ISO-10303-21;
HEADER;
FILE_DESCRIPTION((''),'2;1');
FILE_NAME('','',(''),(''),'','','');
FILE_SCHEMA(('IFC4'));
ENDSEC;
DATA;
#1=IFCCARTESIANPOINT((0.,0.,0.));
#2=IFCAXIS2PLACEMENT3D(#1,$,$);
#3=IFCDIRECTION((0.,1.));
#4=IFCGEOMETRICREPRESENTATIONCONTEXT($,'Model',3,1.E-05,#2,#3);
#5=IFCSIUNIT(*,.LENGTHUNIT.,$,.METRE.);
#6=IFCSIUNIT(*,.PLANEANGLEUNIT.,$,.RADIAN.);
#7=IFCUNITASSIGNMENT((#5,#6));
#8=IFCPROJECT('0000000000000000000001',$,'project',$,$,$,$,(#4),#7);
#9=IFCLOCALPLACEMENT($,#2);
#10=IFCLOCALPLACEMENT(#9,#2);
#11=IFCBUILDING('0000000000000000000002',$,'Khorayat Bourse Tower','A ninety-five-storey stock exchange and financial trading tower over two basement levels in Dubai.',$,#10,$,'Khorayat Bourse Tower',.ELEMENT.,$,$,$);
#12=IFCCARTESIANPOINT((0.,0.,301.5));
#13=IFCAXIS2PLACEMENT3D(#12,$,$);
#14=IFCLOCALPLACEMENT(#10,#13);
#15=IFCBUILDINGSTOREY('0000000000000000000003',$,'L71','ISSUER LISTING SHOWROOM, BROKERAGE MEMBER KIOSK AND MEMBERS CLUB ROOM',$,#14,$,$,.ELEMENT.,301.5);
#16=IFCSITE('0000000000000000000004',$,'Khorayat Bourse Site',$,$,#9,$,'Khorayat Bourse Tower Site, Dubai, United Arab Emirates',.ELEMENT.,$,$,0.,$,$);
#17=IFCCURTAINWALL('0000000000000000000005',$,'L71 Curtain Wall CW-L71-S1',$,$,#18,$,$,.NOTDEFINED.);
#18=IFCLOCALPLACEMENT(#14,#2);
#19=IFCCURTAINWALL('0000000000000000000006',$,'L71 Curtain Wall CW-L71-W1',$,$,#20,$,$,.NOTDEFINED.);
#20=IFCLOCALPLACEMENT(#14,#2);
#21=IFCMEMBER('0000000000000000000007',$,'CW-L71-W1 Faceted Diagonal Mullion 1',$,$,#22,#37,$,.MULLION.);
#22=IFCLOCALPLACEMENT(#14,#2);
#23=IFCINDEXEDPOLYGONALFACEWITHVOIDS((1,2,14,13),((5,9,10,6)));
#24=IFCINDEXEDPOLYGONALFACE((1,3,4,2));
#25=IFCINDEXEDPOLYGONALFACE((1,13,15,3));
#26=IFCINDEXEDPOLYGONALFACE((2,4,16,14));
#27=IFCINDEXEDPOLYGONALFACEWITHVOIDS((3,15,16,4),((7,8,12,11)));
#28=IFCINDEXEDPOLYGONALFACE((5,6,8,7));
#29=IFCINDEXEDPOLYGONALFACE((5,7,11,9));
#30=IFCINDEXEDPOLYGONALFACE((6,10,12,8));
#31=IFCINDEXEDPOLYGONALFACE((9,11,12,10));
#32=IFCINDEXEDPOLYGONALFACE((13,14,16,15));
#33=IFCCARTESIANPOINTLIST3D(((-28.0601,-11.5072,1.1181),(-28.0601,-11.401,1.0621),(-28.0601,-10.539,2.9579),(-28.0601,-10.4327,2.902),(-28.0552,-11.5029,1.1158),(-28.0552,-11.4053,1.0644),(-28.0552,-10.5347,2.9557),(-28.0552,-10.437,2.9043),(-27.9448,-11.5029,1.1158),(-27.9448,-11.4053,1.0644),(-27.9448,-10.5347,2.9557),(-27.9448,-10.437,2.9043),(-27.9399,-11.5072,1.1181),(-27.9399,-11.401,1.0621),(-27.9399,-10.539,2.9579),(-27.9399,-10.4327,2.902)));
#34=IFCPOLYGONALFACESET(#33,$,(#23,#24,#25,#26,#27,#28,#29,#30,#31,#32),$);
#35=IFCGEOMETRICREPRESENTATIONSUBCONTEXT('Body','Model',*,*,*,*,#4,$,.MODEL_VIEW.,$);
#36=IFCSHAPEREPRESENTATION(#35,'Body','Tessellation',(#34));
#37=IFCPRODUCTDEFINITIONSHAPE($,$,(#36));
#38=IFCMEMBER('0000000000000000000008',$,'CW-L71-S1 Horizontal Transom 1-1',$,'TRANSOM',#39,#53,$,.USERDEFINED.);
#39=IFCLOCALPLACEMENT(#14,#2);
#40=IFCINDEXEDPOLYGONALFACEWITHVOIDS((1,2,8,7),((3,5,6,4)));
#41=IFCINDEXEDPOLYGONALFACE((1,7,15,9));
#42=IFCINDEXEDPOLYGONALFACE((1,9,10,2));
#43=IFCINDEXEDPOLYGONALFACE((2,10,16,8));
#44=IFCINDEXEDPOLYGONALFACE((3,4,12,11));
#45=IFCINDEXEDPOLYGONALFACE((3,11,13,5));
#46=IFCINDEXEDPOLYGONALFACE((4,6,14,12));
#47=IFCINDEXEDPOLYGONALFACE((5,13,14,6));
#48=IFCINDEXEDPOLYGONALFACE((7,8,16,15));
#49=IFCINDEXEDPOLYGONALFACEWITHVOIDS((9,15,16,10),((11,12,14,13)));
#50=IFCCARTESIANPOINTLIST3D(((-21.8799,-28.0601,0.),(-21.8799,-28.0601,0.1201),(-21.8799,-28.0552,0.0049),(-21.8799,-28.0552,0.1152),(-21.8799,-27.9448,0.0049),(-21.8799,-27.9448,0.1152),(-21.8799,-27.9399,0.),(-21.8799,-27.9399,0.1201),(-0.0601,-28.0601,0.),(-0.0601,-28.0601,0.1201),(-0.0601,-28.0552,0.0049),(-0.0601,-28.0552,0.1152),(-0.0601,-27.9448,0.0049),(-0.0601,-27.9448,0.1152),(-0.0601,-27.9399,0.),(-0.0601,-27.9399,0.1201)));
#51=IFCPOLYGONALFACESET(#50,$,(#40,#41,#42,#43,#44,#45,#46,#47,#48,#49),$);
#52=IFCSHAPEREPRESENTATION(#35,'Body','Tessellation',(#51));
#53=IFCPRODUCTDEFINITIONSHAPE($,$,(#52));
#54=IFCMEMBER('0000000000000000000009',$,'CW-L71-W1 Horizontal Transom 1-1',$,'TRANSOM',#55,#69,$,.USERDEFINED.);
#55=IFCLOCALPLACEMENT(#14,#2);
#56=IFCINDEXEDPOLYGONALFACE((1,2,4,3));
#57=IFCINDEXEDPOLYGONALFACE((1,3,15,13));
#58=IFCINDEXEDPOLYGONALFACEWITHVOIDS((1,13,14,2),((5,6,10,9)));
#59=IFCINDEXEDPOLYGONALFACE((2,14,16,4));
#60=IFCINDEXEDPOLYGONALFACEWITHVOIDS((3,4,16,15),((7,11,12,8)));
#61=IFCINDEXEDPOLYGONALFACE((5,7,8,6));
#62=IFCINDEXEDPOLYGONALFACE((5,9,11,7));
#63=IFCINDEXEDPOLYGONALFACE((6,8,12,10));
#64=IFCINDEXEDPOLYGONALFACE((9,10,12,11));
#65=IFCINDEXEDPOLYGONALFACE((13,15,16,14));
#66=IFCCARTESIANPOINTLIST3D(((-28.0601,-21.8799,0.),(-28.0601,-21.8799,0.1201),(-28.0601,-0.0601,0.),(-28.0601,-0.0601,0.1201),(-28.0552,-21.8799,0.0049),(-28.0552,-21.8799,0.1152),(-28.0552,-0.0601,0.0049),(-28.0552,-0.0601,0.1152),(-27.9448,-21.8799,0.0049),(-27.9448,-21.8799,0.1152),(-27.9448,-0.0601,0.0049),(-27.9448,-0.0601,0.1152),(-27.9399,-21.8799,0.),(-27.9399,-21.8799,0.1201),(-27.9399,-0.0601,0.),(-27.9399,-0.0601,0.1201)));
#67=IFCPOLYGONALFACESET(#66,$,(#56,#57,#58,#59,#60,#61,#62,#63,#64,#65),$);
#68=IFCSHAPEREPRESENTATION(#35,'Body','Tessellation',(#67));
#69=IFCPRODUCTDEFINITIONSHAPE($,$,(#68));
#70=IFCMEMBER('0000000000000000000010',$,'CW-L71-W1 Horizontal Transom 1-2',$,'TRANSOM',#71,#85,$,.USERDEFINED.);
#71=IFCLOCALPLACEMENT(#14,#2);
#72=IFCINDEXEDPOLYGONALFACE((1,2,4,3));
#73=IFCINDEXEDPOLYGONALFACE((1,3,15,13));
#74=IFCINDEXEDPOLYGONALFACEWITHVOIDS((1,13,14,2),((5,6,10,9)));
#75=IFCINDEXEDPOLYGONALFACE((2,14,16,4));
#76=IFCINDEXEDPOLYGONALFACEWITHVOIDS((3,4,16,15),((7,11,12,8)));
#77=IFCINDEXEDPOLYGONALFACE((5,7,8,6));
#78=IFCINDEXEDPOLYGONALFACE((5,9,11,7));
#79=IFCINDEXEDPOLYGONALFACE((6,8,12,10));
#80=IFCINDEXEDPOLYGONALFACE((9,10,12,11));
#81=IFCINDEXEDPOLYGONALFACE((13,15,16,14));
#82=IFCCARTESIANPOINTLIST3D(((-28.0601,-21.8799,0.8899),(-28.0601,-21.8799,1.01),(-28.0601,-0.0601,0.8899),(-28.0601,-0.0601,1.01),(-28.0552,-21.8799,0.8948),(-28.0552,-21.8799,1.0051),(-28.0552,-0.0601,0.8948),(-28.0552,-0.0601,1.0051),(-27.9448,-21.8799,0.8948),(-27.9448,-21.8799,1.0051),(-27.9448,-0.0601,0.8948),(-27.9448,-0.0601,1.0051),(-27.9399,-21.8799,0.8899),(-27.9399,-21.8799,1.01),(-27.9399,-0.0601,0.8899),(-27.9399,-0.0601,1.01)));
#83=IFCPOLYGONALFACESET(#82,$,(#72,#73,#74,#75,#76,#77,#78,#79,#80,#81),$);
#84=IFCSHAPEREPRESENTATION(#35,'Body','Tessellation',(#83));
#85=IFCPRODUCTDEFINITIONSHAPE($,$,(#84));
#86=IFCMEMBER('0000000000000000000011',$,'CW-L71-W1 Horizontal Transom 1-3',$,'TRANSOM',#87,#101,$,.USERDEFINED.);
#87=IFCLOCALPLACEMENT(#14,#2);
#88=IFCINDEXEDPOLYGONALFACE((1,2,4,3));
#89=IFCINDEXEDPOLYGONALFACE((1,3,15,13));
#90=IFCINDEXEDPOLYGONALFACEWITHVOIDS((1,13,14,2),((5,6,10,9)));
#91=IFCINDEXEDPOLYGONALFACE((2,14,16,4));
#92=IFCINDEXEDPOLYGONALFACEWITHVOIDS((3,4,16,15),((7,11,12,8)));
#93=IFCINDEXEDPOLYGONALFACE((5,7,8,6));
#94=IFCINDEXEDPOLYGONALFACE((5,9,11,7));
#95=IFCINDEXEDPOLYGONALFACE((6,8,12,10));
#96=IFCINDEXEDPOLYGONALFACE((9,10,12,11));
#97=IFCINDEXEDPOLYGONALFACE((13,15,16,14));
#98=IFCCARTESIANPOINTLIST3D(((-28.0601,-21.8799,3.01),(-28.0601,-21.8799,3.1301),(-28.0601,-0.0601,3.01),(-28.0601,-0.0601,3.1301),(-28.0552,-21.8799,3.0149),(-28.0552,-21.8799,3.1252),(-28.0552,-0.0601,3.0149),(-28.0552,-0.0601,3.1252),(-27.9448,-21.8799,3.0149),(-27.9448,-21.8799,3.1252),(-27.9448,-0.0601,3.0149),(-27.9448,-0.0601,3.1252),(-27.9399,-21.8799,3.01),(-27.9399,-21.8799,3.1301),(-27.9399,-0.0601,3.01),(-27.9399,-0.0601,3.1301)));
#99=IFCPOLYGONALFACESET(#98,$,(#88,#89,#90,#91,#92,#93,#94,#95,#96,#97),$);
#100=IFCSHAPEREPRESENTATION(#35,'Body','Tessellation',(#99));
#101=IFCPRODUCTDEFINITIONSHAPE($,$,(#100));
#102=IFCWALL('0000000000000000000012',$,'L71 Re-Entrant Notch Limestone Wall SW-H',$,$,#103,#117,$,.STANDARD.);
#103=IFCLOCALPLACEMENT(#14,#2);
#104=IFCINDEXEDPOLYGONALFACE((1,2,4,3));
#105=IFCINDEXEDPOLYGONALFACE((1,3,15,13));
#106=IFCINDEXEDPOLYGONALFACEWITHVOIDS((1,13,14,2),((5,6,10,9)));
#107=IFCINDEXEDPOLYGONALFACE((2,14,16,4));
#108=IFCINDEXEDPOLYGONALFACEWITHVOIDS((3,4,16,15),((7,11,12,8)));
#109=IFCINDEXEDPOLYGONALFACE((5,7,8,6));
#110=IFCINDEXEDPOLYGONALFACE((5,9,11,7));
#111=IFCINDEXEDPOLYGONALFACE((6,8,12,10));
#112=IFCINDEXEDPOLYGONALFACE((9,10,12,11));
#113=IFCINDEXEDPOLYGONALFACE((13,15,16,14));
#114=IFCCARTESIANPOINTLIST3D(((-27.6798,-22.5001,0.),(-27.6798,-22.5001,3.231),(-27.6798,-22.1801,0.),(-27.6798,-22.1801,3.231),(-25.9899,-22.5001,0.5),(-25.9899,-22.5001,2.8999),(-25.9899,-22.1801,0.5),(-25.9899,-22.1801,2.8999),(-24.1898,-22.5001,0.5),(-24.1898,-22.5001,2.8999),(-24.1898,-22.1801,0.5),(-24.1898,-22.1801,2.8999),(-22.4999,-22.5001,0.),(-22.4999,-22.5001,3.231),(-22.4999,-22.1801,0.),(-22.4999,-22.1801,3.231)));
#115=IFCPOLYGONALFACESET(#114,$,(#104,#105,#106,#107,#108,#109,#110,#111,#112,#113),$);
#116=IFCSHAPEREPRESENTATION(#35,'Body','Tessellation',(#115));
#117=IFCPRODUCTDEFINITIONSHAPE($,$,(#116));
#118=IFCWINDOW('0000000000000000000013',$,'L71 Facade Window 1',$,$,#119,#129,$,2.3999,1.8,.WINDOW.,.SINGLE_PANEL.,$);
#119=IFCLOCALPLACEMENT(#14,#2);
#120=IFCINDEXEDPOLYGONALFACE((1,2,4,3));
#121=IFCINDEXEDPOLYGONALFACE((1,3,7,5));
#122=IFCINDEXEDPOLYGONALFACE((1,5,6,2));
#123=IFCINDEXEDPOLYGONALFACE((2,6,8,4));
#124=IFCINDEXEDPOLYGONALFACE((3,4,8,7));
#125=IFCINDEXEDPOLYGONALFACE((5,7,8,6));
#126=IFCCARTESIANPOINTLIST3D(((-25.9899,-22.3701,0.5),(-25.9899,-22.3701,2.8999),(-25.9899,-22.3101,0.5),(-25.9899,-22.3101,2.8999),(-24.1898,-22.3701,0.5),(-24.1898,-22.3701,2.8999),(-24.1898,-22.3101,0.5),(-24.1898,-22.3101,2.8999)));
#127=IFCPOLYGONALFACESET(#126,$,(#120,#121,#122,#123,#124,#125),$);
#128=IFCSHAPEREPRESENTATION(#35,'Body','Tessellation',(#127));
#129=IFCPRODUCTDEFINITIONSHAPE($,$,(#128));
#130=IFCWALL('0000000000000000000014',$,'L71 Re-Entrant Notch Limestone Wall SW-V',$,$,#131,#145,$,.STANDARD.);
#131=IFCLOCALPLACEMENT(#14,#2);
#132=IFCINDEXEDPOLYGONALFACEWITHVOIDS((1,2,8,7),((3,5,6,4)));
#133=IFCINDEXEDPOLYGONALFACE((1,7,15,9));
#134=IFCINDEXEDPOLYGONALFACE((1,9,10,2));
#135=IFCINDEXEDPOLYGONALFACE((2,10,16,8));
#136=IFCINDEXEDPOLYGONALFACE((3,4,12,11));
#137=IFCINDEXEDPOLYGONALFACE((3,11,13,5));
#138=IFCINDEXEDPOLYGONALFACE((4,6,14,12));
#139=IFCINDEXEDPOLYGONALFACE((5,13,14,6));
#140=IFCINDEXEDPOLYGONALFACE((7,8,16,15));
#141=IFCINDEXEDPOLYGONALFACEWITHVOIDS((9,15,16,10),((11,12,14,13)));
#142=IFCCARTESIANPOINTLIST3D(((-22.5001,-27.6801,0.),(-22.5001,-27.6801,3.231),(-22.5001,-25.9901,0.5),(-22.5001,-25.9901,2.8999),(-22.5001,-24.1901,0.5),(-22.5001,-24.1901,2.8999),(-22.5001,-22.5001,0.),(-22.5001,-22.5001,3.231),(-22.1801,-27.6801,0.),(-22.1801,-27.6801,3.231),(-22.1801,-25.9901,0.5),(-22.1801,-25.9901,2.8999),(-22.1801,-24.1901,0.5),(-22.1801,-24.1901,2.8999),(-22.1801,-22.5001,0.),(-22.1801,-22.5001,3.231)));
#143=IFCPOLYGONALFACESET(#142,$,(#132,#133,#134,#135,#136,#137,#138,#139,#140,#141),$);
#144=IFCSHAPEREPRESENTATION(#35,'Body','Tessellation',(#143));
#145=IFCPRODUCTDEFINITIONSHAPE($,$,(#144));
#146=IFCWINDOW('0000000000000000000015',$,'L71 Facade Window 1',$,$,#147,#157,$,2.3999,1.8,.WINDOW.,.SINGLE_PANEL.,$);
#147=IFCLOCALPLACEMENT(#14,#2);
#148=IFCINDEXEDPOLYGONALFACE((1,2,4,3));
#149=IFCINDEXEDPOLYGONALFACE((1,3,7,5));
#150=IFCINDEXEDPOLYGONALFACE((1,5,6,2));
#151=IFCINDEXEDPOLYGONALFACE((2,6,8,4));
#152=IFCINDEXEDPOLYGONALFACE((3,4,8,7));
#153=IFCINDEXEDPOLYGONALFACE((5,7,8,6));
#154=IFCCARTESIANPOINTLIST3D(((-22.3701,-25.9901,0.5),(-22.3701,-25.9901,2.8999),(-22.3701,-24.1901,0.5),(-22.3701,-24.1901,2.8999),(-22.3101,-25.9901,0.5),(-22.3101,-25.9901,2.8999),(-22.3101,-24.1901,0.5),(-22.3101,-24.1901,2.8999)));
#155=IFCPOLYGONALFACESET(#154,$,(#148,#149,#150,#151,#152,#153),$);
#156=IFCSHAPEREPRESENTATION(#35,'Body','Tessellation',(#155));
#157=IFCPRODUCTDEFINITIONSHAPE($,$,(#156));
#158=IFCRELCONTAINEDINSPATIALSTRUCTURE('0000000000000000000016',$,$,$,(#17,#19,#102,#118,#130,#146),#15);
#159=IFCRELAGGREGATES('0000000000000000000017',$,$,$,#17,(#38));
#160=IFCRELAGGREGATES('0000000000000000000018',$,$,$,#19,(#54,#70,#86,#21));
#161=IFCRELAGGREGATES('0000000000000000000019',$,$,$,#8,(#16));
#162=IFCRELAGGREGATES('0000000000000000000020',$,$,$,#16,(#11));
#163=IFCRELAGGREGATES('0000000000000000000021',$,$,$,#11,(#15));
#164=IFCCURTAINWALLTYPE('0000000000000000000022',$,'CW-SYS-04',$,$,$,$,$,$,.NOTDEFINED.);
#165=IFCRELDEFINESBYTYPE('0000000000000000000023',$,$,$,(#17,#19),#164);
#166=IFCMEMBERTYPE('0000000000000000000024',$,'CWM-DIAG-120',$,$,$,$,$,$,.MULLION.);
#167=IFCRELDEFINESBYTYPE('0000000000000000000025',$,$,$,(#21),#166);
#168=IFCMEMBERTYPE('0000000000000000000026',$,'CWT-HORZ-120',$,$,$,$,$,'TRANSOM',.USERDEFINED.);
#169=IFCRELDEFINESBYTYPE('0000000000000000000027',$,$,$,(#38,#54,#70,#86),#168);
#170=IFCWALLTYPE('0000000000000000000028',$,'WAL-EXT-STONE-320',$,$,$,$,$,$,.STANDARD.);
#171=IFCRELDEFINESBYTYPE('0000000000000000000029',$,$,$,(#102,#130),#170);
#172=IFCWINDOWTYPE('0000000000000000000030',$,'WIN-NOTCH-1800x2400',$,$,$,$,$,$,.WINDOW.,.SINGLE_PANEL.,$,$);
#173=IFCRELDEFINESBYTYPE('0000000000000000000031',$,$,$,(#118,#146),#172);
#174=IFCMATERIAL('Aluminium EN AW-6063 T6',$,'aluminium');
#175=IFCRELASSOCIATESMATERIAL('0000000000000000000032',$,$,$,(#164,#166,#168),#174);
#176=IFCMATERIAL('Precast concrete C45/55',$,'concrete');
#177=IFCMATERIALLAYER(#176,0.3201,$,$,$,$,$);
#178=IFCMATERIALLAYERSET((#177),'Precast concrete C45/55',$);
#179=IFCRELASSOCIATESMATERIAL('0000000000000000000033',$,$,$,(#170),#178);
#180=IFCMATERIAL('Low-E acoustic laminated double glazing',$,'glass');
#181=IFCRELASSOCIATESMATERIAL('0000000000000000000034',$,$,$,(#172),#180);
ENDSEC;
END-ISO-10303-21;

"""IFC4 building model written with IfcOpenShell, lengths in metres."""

from ifc_helpers import new_model, si_unit, direction, frame, frame_2d, origin, origin_2d, place, context, subcontext, project, spatial, rectangle, hollow_rectangle, extrude, source, transform, mapped, material, layer, layer_set, material_profile, profile_set, type_object, element, fill, aggregate, save


model = new_model("IFC4")

# Units and contexts
model_context = context("Model", 3, precision=1e-05, world=origin(), true_north=direction((0.0, 1.0)))
body_context = subcontext(model_context, "Body", "Model", "MODEL_VIEW")
ifc_project = project(units=[si_unit("LENGTHUNIT", "METRE"), si_unit("PLANEANGLEUNIT", "RADIAN")], contexts=[model_context])

# Site, building, storey
site_placement = place(None, origin())
site = spatial("IfcSite", under=ifc_project, at=site_placement, Name="Khorayat Bourse Site", LongName="Khorayat Bourse Tower Site, Dubai, United Arab Emirates", CompositionType="ELEMENT", RefElevation=0.0)
building_placement = place(site_placement, origin())
building = spatial("IfcBuilding", under=site, at=building_placement, Name="Khorayat Bourse Tower", Description="A ninety-five-storey stock exchange and financial trading tower over two basement levels in Dubai.", LongName="Khorayat Bourse Tower", CompositionType="ELEMENT")
storey_placement = place(building_placement, frame((0.0, 0.0, 301.5)))
storey = spatial("IfcBuildingStorey", under=building, at=storey_placement, Name="L71", Description="ISSUER LISTING SHOWROOM, BROKERAGE MEMBER KIOSK AND MEMBERS CLUB ROOM", CompositionType="ELEMENT", Elevation=301.5)

# Curtain wall
ifc_material_1 = material(Name="Aluminium EN AW-6063 T6", Category="aluminium")
curtain_wall_type = type_object("IfcCurtainWallType", Name="CW-SYS-04", PredefinedType="NOTDEFINED", material=ifc_material_1)
curtain_wall_1_placement = place(storey_placement, origin())
curtain_wall_1 = element("IfcCurtainWall", 1, at=curtain_wall_1_placement, inside=storey, type_object=curtain_wall_type, Name="L71 Curtain Wall CW-L71-S1", PredefinedType="NOTDEFINED")

# Curtain wall, member
curtain_wall_2_placement = place(storey_placement, origin())
curtain_wall_2 = element("IfcCurtainWall", 2, at=curtain_wall_2_placement, inside=storey, type_object=curtain_wall_type, Name="L71 Curtain Wall CW-L71-W1", PredefinedType="NOTDEFINED")
ifc_material_profile_1 = material_profile(ifc_material_1, hollow_rectangle(XDim=0.1201, YDim=0.1201, WallThickness=0.0049, at=origin_2d()), Name="ALU 120x120x5")
ifc_profile_set_1 = profile_set([ifc_material_profile_1], Name="Aluminium EN AW-6063 T6")
member_type_1 = type_object("IfcMemberType", Name="CWM-DIAG-120", PredefinedType="MULLION", material=ifc_profile_set_1)
shared_shape_1 = source(origin(), body_context, "Body", "SweptSolid", [
    extrude(hollow_rectangle(XDim=0.1201, YDim=0.1201, WallThickness=0.0049, at=origin_2d()), origin(), (0.0, 0.0, 1.0), 2.0791),
])
member_1_placement = place(storey_placement, frame((-28.0, -11.4541, 1.0901), z_axis=(0.0, 0.465717, 0.884934), x_axis=(-1.0, 0.0, 0.0)))
member_1 = element("IfcMember", 3, at=member_1_placement, type_object=member_type_1, Name="CW-L71-W1 Faceted Diagonal Mullion 1", PredefinedType="MULLION", context=body_context, shape_type="MappedRepresentation", body=[
    mapped(shared_shape_1, transform((0.0, 0.0, 0.0), scale=1.0)),
])

# Members
ifc_material_profile_2 = material_profile(ifc_material_1, hollow_rectangle(XDim=0.1201, YDim=0.1201, WallThickness=0.0049, at=origin_2d()), Name="ALU 120x120x5")
ifc_profile_set_2 = profile_set([ifc_material_profile_2], Name="Aluminium EN AW-6063 T6")
member_type_2 = type_object("IfcMemberType", Name="CWT-HORZ-120", ElementType="TRANSOM", PredefinedType="USERDEFINED", material=ifc_profile_set_2)
shared_shape_2 = source(origin(), body_context, "Body", "SweptSolid", [
    extrude(hollow_rectangle(XDim=0.1201, YDim=0.1201, WallThickness=0.0049, at=origin_2d()), origin(), (0.0, 0.0, 1.0), 21.8198),
])
member_2_placement = place(storey_placement, frame((-21.8799, -28.0, 0.0601), z_axis=(1.0, 0.0, 0.0), x_axis=(0.0, 1.0, 0.0)))
member_2 = element("IfcMember", 4, at=member_2_placement, type_object=member_type_2, Name="CW-L71-S1 Horizontal Transom 1-1", ObjectType="TRANSOM", PredefinedType="USERDEFINED", context=body_context, shape_type="MappedRepresentation", body=[
    mapped(shared_shape_2, transform((0.0, 0.0, 0.0), scale=1.0)),
])
aggregate(curtain_wall_1, [member_2])
member_3_placement = place(storey_placement, frame((-28.0, -21.8799, 0.0601), z_axis=(0.0, 1.0, 0.0), x_axis=(-1.0, 0.0, 0.0)))
member_3 = element("IfcMember", 5, at=member_3_placement, type_object=member_type_2, Name="CW-L71-W1 Horizontal Transom 1-1", ObjectType="TRANSOM", PredefinedType="USERDEFINED", context=body_context, shape_type="MappedRepresentation", body=[
    mapped(shared_shape_2, transform((0.0, 0.0, 0.0), scale=1.0)),
])
member_4_placement = place(storey_placement, frame((-28.0, -21.8799, 0.95), z_axis=(0.0, 1.0, 0.0), x_axis=(-1.0, 0.0, 0.0)))
member_4 = element("IfcMember", 6, at=member_4_placement, type_object=member_type_2, Name="CW-L71-W1 Horizontal Transom 1-2", ObjectType="TRANSOM", PredefinedType="USERDEFINED", context=body_context, shape_type="MappedRepresentation", body=[
    mapped(shared_shape_2, transform((0.0, 0.0, 0.0), scale=1.0)),
])
member_5_placement = place(storey_placement, frame((-28.0, -21.8799, 3.0701), z_axis=(0.0, 1.0, 0.0), x_axis=(-1.0, 0.0, 0.0)))
member_5 = element("IfcMember", 7, at=member_5_placement, type_object=member_type_2, Name="CW-L71-W1 Horizontal Transom 1-3", ObjectType="TRANSOM", PredefinedType="USERDEFINED", context=body_context, shape_type="MappedRepresentation", body=[
    mapped(shared_shape_2, transform((0.0, 0.0, 0.0), scale=1.0)),
])
aggregate(curtain_wall_2, [member_3, member_4, member_5, member_1])

# Walls, openings, windows
ifc_material_2 = material(Name="Precast concrete C45/55", Category="concrete")
ifc_layer = layer(ifc_material_2, 0.3201)
ifc_layer_set = layer_set([ifc_layer], Name="Precast concrete C45/55")
wall_type = type_object("IfcWallType", Name="WAL-EXT-STONE-320", PredefinedType="STANDARD", material=ifc_layer_set)
shared_shape_3 = source(origin(), body_context, "Body", "SweptSolid", [
    extrude(rectangle(XDim=5.1799, YDim=0.3201, at=frame_2d((2.5898, 0.0))), origin(), (0.0, 0.0, 1.0), 3.231),
])
wall_1_placement = place(storey_placement, frame((-22.5, -22.3401, 0.0), z_axis=(0.0, 0.0, 1.0), x_axis=(-1.0, 0.0, 0.0)))
wall_1 = element("IfcWall", 8, at=wall_1_placement, inside=storey, type_object=wall_type, Name="L71 Re-Entrant Notch Limestone Wall SW-H", PredefinedType="STANDARD", context=body_context, shape_type="MappedRepresentation", body=[
    mapped(shared_shape_3, transform((0.0, 0.0, 0.0), scale=1.0)),
])
shared_shape_4 = source(origin(), body_context, "Body", "SweptSolid", [
    extrude(rectangle(XDim=1.8, YDim=2.3999, at=frame_2d((0.8999, 1.2))), frame((0.0, 0.1699, 0.0), z_axis=(0.0, -1.0, 0.0), x_axis=(1.0, 0.0, 0.0)), (0.0, 0.0, 1.0), 0.3401),
])
opening_1_placement = place(wall_1_placement, frame((1.6899, 0.0, 0.5)))
opening_1 = element("IfcOpeningElement", 9, at=opening_1_placement, cuts=wall_1, PredefinedType="OPENING", context=body_context, shape_type="MappedRepresentation", body=[
    mapped(shared_shape_4, transform((0.0, 0.0, 0.0), scale=1.0)),
])
ifc_material_3 = material(Name="Low-E acoustic laminated double glazing", Category="glass")
window_type = type_object("IfcWindowType", Name="WIN-NOTCH-1800x2400", PartitioningType="SINGLE_PANEL", PredefinedType="WINDOW", material=ifc_material_3)
shared_shape_5 = source(origin(), body_context, "Body", "SweptSolid", [
    extrude(rectangle(XDim=1.8, YDim=2.3999, at=frame_2d((0.8999, 1.2))), frame((0.0, 0.03, 0.0), z_axis=(0.0, -1.0, 0.0), x_axis=(1.0, 0.0, 0.0)), (0.0, 0.0, 1.0), 0.0601),
])
window_1_placement = place(opening_1_placement, origin())
window_1 = element("IfcWindow", 10, at=window_1_placement, inside=storey, type_object=window_type, Name="L71 Facade Window 1", OverallHeight=2.3999, OverallWidth=1.8, PartitioningType="SINGLE_PANEL", PredefinedType="WINDOW", context=body_context, shape_type="MappedRepresentation", body=[
    mapped(shared_shape_5, transform((0.0, 0.0, 0.0), scale=1.0)),
])
fill(opening_1, window_1)
wall_2_placement = place(storey_placement, frame((-22.3401, -27.6799, 0.0), z_axis=(0.0, 0.0, 1.0), x_axis=(0.0, 1.0, 0.0)))
wall_2 = element("IfcWall", 11, at=wall_2_placement, inside=storey, type_object=wall_type, Name="L71 Re-Entrant Notch Limestone Wall SW-V", PredefinedType="STANDARD", context=body_context, shape_type="MappedRepresentation", body=[
    mapped(shared_shape_3, transform((0.0, 0.0, 0.0), scale=1.0)),
])
opening_2_placement = place(wall_2_placement, frame((1.6899, 0.0, 0.5)))
opening_2 = element("IfcOpeningElement", 12, at=opening_2_placement, cuts=wall_2, PredefinedType="OPENING", context=body_context, shape_type="MappedRepresentation", body=[
    mapped(shared_shape_4, transform((0.0, 0.0, 0.0), scale=1.0)),
])
window_2_placement = place(opening_2_placement, origin())
window_2 = element("IfcWindow", 13, at=window_2_placement, inside=storey, type_object=window_type, Name="L71 Facade Window 1", OverallHeight=2.3999, OverallWidth=1.8, PartitioningType="SINGLE_PANEL", PredefinedType="WINDOW", context=body_context, shape_type="MappedRepresentation", body=[
    mapped(shared_shape_5, transform((0.0, 0.0, 0.0), scale=1.0)),
])
fill(opening_2, window_2)

save(model, "model.ifc")
